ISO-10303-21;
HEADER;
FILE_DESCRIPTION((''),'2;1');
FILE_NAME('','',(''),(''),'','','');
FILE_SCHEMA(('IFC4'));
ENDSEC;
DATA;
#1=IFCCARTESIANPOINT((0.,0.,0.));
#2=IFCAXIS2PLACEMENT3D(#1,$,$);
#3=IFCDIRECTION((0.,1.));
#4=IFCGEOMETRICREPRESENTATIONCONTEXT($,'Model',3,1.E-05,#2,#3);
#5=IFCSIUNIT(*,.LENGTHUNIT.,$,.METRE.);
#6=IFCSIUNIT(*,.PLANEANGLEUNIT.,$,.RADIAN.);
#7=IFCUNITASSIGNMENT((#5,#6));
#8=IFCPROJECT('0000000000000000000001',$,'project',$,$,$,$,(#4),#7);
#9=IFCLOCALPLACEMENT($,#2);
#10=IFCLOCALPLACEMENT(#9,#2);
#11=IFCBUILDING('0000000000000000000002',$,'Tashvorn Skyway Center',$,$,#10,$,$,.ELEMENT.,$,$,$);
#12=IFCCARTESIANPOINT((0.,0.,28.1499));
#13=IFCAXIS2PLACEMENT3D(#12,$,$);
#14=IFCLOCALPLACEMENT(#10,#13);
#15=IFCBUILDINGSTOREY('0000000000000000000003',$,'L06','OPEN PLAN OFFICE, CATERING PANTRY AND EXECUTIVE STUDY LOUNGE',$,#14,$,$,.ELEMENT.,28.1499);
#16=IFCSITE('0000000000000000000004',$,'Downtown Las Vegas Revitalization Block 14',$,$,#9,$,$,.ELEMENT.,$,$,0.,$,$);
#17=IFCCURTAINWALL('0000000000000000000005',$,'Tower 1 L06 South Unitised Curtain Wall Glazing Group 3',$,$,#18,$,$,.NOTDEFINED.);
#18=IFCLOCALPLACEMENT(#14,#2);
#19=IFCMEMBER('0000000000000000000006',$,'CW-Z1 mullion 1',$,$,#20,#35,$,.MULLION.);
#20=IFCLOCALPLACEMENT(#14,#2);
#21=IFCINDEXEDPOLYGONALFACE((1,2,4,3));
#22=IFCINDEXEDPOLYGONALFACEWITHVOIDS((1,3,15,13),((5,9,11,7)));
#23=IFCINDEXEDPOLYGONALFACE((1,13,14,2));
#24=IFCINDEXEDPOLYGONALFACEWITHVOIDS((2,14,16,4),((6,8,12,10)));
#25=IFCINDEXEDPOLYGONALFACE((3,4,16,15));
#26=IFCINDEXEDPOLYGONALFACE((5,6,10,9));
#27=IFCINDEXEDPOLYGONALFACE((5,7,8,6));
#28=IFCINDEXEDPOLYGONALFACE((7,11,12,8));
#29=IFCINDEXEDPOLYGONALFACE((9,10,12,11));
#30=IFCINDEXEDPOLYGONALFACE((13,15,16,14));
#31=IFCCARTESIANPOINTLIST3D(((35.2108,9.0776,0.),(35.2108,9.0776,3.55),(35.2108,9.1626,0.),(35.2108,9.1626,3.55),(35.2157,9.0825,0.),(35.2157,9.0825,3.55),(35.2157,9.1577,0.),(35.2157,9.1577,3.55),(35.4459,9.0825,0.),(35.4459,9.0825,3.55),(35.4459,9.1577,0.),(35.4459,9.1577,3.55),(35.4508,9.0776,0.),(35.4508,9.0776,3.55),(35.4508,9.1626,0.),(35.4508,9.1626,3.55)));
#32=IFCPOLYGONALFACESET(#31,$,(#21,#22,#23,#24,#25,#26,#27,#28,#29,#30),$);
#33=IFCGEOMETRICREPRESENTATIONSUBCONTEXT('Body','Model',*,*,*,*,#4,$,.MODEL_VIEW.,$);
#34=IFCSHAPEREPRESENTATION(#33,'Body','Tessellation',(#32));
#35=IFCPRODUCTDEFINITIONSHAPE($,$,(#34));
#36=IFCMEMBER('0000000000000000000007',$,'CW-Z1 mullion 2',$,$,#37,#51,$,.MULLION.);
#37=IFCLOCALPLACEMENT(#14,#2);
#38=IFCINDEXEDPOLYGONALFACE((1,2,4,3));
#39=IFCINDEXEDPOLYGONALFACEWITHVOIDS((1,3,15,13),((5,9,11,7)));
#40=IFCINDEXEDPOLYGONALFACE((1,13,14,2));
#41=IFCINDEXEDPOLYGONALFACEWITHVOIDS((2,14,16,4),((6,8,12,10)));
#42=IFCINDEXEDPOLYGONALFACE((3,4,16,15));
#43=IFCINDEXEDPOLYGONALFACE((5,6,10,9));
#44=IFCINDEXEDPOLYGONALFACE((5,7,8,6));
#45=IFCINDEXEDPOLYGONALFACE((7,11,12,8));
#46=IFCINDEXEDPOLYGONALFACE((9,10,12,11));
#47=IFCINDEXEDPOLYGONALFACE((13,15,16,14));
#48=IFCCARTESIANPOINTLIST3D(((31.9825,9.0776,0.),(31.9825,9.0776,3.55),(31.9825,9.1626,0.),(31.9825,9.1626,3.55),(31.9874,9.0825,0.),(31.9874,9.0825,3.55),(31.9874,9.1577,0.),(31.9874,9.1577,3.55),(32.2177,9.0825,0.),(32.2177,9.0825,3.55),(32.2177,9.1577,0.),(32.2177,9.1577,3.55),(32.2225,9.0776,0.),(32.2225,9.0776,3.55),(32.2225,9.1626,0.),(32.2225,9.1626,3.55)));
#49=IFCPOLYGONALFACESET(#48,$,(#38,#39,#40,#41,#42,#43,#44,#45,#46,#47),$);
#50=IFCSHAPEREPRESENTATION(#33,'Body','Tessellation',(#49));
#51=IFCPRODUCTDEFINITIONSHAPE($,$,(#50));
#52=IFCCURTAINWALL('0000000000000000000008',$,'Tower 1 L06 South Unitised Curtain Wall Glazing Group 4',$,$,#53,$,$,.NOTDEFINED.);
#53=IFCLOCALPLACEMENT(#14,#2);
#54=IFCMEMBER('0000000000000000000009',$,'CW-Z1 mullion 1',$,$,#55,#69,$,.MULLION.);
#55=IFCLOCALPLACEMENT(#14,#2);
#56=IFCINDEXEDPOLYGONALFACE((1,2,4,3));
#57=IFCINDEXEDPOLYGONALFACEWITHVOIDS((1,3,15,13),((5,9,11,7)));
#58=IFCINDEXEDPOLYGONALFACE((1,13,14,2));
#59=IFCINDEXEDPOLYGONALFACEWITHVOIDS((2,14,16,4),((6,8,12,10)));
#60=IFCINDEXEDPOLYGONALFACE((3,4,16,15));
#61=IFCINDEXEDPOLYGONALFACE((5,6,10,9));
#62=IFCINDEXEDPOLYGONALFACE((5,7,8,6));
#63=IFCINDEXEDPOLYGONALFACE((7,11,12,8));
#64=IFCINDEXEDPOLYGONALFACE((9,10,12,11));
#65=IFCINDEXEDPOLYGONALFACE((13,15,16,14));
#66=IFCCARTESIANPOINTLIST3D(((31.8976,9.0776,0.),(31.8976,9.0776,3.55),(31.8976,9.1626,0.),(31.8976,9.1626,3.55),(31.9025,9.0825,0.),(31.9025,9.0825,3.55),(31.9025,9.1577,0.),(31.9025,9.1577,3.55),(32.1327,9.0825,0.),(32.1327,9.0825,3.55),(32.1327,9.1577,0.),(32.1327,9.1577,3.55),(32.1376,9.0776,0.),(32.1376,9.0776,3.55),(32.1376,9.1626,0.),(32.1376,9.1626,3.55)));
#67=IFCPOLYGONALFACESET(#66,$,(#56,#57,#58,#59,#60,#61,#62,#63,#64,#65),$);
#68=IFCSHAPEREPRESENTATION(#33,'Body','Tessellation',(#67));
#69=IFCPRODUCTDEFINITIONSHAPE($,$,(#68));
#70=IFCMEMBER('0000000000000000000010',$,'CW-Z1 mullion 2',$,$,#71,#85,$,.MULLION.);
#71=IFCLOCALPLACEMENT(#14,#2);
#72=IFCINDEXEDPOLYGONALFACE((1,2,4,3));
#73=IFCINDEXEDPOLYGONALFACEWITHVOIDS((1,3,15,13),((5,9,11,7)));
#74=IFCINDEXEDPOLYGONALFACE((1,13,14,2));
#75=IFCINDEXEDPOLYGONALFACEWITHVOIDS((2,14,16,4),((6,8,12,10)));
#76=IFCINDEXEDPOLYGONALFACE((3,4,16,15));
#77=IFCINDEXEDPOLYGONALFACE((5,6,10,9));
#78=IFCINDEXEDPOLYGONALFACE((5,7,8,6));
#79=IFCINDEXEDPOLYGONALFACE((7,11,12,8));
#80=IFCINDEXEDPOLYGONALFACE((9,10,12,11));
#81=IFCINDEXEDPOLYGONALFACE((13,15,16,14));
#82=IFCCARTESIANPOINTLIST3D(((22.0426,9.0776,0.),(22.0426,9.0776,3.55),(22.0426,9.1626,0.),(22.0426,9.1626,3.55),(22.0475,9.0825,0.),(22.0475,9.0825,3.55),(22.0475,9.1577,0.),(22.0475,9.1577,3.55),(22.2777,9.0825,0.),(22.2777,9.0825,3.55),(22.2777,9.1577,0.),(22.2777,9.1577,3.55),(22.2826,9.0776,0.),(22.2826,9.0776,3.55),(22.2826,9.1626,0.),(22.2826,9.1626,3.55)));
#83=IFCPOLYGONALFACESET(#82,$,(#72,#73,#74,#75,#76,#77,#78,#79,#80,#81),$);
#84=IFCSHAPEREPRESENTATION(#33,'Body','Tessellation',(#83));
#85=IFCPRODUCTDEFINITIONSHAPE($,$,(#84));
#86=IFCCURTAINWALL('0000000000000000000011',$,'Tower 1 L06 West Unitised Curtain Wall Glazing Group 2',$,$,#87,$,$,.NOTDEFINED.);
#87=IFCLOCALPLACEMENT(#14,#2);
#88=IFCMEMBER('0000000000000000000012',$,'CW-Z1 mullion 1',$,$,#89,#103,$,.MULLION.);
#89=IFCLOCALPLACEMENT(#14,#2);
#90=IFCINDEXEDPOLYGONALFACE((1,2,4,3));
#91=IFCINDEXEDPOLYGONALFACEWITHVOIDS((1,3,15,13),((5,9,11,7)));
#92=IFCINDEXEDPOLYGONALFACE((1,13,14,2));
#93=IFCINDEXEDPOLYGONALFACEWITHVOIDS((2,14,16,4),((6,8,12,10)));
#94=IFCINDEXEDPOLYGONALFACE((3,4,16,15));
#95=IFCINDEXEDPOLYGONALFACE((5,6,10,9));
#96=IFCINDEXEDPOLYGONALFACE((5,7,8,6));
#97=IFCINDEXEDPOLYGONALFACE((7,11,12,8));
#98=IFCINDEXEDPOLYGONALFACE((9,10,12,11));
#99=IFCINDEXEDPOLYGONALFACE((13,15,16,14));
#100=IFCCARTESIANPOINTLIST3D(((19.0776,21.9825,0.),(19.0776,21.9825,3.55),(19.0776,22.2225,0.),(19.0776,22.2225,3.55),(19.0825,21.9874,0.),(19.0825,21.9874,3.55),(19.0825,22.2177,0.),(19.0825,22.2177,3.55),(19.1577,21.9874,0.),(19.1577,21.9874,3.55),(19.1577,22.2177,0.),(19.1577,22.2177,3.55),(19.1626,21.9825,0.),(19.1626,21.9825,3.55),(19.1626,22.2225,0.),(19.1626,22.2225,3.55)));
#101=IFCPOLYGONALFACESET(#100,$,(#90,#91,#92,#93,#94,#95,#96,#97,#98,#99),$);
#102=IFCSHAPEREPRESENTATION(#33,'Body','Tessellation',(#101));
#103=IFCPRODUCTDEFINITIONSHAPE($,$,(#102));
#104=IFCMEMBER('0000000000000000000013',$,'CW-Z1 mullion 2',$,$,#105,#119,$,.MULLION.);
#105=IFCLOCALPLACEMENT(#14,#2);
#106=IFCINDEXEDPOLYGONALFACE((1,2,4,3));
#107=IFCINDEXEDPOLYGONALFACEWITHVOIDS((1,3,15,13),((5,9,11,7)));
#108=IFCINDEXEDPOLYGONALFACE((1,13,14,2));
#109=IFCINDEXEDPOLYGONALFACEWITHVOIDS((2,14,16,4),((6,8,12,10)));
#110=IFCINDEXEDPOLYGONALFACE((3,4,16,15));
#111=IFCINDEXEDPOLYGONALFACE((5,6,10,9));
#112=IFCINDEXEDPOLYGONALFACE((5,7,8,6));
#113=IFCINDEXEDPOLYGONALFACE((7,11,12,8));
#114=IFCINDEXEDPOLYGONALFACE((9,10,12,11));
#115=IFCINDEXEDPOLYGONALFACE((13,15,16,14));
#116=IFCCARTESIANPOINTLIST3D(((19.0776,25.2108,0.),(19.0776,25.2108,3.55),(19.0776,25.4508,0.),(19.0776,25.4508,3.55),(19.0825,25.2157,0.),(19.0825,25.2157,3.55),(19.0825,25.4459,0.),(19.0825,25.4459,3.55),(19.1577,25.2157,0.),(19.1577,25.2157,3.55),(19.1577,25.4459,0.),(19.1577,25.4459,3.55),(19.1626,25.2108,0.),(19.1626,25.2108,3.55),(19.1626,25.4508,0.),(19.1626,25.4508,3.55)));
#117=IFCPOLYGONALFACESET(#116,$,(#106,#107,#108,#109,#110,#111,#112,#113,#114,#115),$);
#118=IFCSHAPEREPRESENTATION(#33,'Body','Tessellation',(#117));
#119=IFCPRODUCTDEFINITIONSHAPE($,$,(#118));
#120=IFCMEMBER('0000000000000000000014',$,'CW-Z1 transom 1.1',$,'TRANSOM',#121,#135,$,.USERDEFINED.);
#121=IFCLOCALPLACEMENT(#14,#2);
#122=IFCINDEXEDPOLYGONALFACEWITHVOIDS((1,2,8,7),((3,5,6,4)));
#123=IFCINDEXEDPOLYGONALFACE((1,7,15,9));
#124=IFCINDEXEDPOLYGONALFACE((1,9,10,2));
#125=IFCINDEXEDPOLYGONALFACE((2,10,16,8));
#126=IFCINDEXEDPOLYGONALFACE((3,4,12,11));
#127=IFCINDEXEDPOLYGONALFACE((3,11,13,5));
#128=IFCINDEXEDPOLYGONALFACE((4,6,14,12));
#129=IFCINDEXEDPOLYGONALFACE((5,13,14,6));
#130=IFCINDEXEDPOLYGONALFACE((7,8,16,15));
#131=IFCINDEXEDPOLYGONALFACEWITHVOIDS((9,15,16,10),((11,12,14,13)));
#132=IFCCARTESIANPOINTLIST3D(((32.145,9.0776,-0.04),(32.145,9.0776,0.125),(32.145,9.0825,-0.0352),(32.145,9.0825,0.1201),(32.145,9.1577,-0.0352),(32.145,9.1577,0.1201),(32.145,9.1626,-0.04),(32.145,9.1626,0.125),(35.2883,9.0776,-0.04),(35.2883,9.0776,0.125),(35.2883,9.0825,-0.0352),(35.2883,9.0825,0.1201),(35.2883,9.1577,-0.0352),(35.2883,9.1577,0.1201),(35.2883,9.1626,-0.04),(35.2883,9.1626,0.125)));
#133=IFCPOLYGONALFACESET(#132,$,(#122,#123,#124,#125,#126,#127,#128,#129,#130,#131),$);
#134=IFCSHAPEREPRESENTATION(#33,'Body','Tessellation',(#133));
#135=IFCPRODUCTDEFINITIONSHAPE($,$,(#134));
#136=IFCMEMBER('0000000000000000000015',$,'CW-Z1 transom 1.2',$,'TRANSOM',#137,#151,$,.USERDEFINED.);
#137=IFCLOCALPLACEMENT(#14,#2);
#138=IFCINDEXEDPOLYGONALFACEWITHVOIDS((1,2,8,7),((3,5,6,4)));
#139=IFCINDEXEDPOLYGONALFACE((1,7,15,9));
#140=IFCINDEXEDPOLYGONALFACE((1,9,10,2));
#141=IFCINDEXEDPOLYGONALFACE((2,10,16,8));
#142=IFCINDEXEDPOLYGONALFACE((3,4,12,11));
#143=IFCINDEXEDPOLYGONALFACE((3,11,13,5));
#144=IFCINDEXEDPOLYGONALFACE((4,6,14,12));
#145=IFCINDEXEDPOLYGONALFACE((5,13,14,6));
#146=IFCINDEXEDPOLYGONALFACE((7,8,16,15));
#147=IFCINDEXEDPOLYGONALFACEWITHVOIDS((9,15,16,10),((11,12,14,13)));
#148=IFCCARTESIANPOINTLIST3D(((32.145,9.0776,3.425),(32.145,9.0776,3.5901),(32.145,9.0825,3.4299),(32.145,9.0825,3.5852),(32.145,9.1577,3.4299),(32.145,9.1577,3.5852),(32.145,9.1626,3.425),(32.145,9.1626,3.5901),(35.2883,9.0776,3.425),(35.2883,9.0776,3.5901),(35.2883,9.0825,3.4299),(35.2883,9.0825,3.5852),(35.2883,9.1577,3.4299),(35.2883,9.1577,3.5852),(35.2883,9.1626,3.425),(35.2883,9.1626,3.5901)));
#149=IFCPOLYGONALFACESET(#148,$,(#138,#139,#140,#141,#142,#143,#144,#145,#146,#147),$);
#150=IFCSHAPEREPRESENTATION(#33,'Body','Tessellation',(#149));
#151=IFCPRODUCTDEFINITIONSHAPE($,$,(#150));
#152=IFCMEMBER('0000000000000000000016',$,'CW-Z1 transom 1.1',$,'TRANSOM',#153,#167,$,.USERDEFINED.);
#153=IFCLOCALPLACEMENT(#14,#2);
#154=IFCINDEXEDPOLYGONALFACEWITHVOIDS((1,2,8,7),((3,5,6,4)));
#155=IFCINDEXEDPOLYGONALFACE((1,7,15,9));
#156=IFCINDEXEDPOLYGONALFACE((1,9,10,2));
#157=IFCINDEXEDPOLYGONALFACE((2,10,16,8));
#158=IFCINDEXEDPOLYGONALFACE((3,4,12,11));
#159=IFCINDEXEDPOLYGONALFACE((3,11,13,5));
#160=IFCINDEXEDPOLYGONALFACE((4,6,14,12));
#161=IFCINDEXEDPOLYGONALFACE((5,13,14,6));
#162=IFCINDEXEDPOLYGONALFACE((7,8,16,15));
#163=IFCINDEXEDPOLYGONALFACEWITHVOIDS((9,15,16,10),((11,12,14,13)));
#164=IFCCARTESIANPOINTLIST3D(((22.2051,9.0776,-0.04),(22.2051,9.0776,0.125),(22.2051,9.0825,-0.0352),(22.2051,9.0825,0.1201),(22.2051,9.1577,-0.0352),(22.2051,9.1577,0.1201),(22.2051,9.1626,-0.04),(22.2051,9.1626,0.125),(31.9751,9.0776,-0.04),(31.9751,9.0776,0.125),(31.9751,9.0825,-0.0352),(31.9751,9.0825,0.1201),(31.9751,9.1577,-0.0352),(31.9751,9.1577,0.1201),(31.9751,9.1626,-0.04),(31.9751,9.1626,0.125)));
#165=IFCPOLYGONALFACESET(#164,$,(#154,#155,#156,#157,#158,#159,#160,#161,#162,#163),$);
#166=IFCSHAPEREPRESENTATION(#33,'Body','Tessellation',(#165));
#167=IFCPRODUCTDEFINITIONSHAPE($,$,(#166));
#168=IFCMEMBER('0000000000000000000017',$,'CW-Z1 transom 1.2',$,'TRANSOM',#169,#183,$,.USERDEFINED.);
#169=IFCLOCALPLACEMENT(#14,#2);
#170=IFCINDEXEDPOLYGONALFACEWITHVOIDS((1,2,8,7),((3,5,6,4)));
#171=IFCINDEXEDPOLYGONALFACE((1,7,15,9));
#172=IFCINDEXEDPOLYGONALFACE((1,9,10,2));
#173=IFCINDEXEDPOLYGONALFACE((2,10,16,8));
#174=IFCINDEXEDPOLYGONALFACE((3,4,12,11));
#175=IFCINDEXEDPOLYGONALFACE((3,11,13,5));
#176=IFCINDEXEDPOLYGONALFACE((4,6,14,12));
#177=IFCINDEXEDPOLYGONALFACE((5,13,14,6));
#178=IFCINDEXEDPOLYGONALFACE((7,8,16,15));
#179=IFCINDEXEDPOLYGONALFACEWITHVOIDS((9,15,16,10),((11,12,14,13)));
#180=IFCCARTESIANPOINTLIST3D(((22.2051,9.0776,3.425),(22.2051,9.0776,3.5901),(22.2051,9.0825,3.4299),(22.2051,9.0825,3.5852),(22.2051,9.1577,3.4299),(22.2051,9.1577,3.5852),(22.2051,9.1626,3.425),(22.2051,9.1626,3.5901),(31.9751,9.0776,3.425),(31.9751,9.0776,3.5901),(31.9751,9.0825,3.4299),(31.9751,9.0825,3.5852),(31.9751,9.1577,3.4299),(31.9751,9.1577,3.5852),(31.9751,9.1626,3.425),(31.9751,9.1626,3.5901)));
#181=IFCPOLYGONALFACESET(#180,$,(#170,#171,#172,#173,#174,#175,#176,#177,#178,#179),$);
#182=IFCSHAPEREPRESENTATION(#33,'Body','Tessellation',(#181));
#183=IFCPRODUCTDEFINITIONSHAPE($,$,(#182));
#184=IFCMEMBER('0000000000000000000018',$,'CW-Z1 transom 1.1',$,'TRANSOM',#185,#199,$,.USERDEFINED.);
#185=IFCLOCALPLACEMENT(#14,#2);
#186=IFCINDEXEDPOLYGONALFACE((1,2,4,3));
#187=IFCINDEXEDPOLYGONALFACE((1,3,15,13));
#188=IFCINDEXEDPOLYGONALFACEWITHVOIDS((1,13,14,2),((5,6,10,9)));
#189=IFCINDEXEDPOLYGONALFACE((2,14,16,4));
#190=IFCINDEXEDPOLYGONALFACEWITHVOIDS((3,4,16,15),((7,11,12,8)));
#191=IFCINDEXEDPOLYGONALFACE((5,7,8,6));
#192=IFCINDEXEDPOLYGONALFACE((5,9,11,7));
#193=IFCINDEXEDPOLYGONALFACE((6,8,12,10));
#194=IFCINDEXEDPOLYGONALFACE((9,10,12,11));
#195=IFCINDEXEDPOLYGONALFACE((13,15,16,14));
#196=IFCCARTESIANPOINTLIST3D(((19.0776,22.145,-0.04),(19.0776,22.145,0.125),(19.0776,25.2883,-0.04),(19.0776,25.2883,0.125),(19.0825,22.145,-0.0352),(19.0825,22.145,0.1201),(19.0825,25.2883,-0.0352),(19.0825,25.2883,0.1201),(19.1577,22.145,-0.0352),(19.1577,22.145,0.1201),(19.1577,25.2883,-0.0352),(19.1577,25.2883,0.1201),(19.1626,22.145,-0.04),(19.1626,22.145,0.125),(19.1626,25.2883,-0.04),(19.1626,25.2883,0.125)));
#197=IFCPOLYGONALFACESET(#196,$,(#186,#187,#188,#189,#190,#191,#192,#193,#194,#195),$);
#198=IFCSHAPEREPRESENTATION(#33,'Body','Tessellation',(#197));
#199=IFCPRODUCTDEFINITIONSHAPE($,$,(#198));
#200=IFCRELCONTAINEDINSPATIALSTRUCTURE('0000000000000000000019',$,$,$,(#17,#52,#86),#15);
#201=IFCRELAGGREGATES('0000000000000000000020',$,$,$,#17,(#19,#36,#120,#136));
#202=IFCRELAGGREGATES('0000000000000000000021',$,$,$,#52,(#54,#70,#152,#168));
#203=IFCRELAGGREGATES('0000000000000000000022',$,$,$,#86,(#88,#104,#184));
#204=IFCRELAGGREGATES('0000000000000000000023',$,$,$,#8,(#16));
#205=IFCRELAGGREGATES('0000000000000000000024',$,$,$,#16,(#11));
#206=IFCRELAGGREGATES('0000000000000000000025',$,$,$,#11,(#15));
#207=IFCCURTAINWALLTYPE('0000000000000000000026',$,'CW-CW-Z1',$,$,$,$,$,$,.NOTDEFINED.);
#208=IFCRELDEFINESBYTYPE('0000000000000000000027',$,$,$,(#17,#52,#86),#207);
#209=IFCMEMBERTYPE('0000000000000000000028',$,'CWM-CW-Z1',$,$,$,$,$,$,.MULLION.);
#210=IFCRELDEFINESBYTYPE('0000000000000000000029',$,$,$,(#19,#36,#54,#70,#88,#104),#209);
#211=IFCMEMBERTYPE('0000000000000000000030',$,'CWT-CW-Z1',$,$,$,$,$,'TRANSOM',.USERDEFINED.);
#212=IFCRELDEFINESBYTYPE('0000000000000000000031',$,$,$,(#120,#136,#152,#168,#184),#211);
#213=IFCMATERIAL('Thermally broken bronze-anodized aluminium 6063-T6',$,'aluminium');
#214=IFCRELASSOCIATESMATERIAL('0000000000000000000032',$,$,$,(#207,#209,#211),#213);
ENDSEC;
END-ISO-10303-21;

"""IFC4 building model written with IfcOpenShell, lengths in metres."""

from ifc_helpers import new_model, si_unit, direction, frame, origin, origin_2d, place, context, subcontext, project, spatial, hollow_rectangle, extrude, material, material_profile, profile_set, type_object, element, aggregate, save


model = new_model("IFC4")

# Units and contexts
model_context = context("Model", 3, precision=1e-05, world=origin(), true_north=direction((0.0, 1.0)))
body_context = subcontext(model_context, "Body", "Model", "MODEL_VIEW")
ifc_project = project(units=[si_unit("LENGTHUNIT", "METRE"), si_unit("PLANEANGLEUNIT", "RADIAN")], contexts=[model_context])

# Site, building, storey
site_placement = place(None, origin())
site = spatial("IfcSite", under=ifc_project, at=site_placement, Name="Downtown Las Vegas Revitalization Block 14", CompositionType="ELEMENT", RefElevation=0.0)
building_placement = place(site_placement, origin())
building = spatial("IfcBuilding", under=site, at=building_placement, Name="Tashvorn Skyway Center", CompositionType="ELEMENT")
storey_placement = place(building_placement, frame((0.0, 0.0, 28.1499)))
storey = spatial("IfcBuildingStorey", under=building, at=storey_placement, Name="L06", Description="OPEN PLAN OFFICE, CATERING PANTRY AND EXECUTIVE STUDY LOUNGE", CompositionType="ELEMENT", Elevation=28.1499)

# Curtain walls, members
ifc_material_1 = material(Name="Thermally broken bronze-anodized aluminium 6063-T6", Category="aluminium")
curtain_wall_type = type_object("IfcCurtainWallType", Name="CW-CW-Z1", PredefinedType="NOTDEFINED", material=ifc_material_1)
curtain_wall_1_placement = place(storey_placement, origin())
curtain_wall_1 = element("IfcCurtainWall", 1, at=curtain_wall_1_placement, inside=storey, type_object=curtain_wall_type, Name="Tower 1 L06 South Unitised Curtain Wall Glazing Group 3", PredefinedType="NOTDEFINED")
ifc_material_profile_1 = material_profile(ifc_material_1, hollow_rectangle(XDim=0.085, YDim=0.24, WallThickness=0.0049, at=origin_2d()), Name="ALU-MULL-85x240")
ifc_profile_set_1 = profile_set([ifc_material_profile_1], Name="Thermally broken bronze-anodized aluminium 6063-T6")
member_type_1 = type_object("IfcMemberType", Name="CWM-CW-Z1", PredefinedType="MULLION", material=ifc_profile_set_1)
member_1_placement = place(storey_placement, frame((35.3308, 9.1201, 0.0), z_axis=(0.0, 0.0, 1.0), x_axis=(0.0, -1.0, 0.0)))
member_1 = element("IfcMember", 2, at=member_1_placement, type_object=member_type_1, Name="CW-Z1 mullion 1", PredefinedType="MULLION", context=body_context, shape_type="SweptSolid", body=[
    extrude(hollow_rectangle(XDim=0.085, YDim=0.24, WallThickness=0.0049, at=origin_2d()), origin(), (0.0, 0.0, 1.0), 3.55),
])
member_2_placement = place(storey_placement, frame((32.1025, 9.1201, 0.0), z_axis=(0.0, 0.0, 1.0), x_axis=(0.0, -1.0, 0.0)))
member_2 = element("IfcMember", 3, at=member_2_placement, type_object=member_type_1, Name="CW-Z1 mullion 2", PredefinedType="MULLION", context=body_context, shape_type="SweptSolid", body=[
    extrude(hollow_rectangle(XDim=0.085, YDim=0.24, WallThickness=0.0049, at=origin_2d()), origin(), (0.0, 0.0, 1.0), 3.55),
])
curtain_wall_2_placement = place(storey_placement, origin())
curtain_wall_2 = element("IfcCurtainWall", 4, at=curtain_wall_2_placement, inside=storey, type_object=curtain_wall_type, Name="Tower 1 L06 South Unitised Curtain Wall Glazing Group 4", PredefinedType="NOTDEFINED")
member_3_placement = place(storey_placement, frame((32.0176, 9.1201, 0.0), z_axis=(0.0, 0.0, 1.0), x_axis=(0.0, -1.0, 0.0)))
member_3 = element("IfcMember", 5, at=member_3_placement, type_object=member_type_1, Name="CW-Z1 mullion 1", PredefinedType="MULLION", context=body_context, shape_type="SweptSolid", body=[
    extrude(hollow_rectangle(XDim=0.085, YDim=0.24, WallThickness=0.0049, at=origin_2d()), origin(), (0.0, 0.0, 1.0), 3.55),
])
member_4_placement = place(storey_placement, frame((22.1626, 9.1201, 0.0), z_axis=(0.0, 0.0, 1.0), x_axis=(0.0, -1.0, 0.0)))
member_4 = element("IfcMember", 6, at=member_4_placement, type_object=member_type_1, Name="CW-Z1 mullion 2", PredefinedType="MULLION", context=body_context, shape_type="SweptSolid", body=[
    extrude(hollow_rectangle(XDim=0.085, YDim=0.24, WallThickness=0.0049, at=origin_2d()), origin(), (0.0, 0.0, 1.0), 3.55),
])
curtain_wall_3_placement = place(storey_placement, origin())
curtain_wall_3 = element("IfcCurtainWall", 7, at=curtain_wall_3_placement, inside=storey, type_object=curtain_wall_type, Name="Tower 1 L06 West Unitised Curtain Wall Glazing Group 2", PredefinedType="NOTDEFINED")
member_5_placement = place(storey_placement, frame((19.1201, 22.1025, 0.0), z_axis=(0.0, 0.0, 1.0), x_axis=(-1.0, 0.0, 0.0)))
member_5 = element("IfcMember", 8, at=member_5_placement, type_object=member_type_1, Name="CW-Z1 mullion 1", PredefinedType="MULLION", context=body_context, shape_type="SweptSolid", body=[
    extrude(hollow_rectangle(XDim=0.085, YDim=0.24, WallThickness=0.0049, at=origin_2d()), origin(), (0.0, 0.0, 1.0), 3.55),
])
member_6_placement = place(storey_placement, frame((19.1201, 25.3308, 0.0), z_axis=(0.0, 0.0, 1.0), x_axis=(-1.0, 0.0, 0.0)))
member_6 = element("IfcMember", 9, at=member_6_placement, type_object=member_type_1, Name="CW-Z1 mullion 2", PredefinedType="MULLION", context=body_context, shape_type="SweptSolid", body=[
    extrude(hollow_rectangle(XDim=0.085, YDim=0.24, WallThickness=0.0049, at=origin_2d()), origin(), (0.0, 0.0, 1.0), 3.55),
])

# Members
ifc_material_profile_2 = material_profile(ifc_material_1, hollow_rectangle(XDim=0.085, YDim=0.165, WallThickness=0.0049, at=origin_2d()), Name="ALU-TRAN-85x165")
ifc_profile_set_2 = profile_set([ifc_material_profile_2], Name="Thermally broken bronze-anodized aluminium 6063-T6")
member_type_2 = type_object("IfcMemberType", Name="CWT-CW-Z1", ElementType="TRANSOM", PredefinedType="USERDEFINED", material=ifc_profile_set_2)
member_7_placement = place(storey_placement, frame((35.2883, 9.1201, 0.0425), z_axis=(-1.0, 0.0, 0.0), x_axis=(0.0, -1.0, 0.0)))
member_7 = element("IfcMember", 10, at=member_7_placement, type_object=member_type_2, Name="CW-Z1 transom 1.1", ObjectType="TRANSOM", PredefinedType="USERDEFINED", context=body_context, shape_type="SweptSolid", body=[
    extrude(hollow_rectangle(XDim=0.085, YDim=0.165, WallThickness=0.0049, at=origin_2d()), origin(), (0.0, 0.0, 1.0), 3.1433),
])
member_8_placement = place(storey_placement, frame((35.2883, 9.1201, 3.5076), z_axis=(-1.0, 0.0, 0.0), x_axis=(0.0, -1.0, 0.0)))
member_8 = element("IfcMember", 11, at=member_8_placement, type_object=member_type_2, Name="CW-Z1 transom 1.2", ObjectType="TRANSOM", PredefinedType="USERDEFINED", context=body_context, shape_type="SweptSolid", body=[
    extrude(hollow_rectangle(XDim=0.085, YDim=0.165, WallThickness=0.0049, at=origin_2d()), origin(), (0.0, 0.0, 1.0), 3.1433),
])
member_9_placement = place(storey_placement, frame((31.9751, 9.1201, 0.0425), z_axis=(-1.0, 0.0, 0.0), x_axis=(0.0, -1.0, 0.0)))
member_9 = element("IfcMember", 12, at=member_9_placement, type_object=member_type_2, Name="CW-Z1 transom 1.1", ObjectType="TRANSOM", PredefinedType="USERDEFINED", context=body_context, shape_type="SweptSolid", body=[
    extrude(hollow_rectangle(XDim=0.085, YDim=0.165, WallThickness=0.0049, at=origin_2d()), origin(), (0.0, 0.0, 1.0), 9.77),
])
member_10_placement = place(storey_placement, frame((31.9751, 9.1201, 3.5076), z_axis=(-1.0, 0.0, 0.0), x_axis=(0.0, -1.0, 0.0)))
member_10 = element("IfcMember", 13, at=member_10_placement, type_object=member_type_2, Name="CW-Z1 transom 1.2", ObjectType="TRANSOM", PredefinedType="USERDEFINED", context=body_context, shape_type="SweptSolid", body=[
    extrude(hollow_rectangle(XDim=0.085, YDim=0.165, WallThickness=0.0049, at=origin_2d()), origin(), (0.0, 0.0, 1.0), 9.77),
])
member_11_placement = place(storey_placement, frame((19.1201, 22.145, 0.0425), z_axis=(0.0, 1.0, 0.0), x_axis=(-1.0, 0.0, 0.0)))
member_11 = element("IfcMember", 14, at=member_11_placement, type_object=member_type_2, Name="CW-Z1 transom 1.1", ObjectType="TRANSOM", PredefinedType="USERDEFINED", context=body_context, shape_type="SweptSolid", body=[
    extrude(hollow_rectangle(XDim=0.085, YDim=0.165, WallThickness=0.0049, at=origin_2d()), origin(), (0.0, 0.0, 1.0), 3.1433),
])

aggregate(curtain_wall_1, [member_1, member_2, member_7, member_8])
aggregate(curtain_wall_2, [member_3, member_4, member_9, member_10])
aggregate(curtain_wall_3, [member_5, member_6, member_11])

save(model, "model.ifc")
